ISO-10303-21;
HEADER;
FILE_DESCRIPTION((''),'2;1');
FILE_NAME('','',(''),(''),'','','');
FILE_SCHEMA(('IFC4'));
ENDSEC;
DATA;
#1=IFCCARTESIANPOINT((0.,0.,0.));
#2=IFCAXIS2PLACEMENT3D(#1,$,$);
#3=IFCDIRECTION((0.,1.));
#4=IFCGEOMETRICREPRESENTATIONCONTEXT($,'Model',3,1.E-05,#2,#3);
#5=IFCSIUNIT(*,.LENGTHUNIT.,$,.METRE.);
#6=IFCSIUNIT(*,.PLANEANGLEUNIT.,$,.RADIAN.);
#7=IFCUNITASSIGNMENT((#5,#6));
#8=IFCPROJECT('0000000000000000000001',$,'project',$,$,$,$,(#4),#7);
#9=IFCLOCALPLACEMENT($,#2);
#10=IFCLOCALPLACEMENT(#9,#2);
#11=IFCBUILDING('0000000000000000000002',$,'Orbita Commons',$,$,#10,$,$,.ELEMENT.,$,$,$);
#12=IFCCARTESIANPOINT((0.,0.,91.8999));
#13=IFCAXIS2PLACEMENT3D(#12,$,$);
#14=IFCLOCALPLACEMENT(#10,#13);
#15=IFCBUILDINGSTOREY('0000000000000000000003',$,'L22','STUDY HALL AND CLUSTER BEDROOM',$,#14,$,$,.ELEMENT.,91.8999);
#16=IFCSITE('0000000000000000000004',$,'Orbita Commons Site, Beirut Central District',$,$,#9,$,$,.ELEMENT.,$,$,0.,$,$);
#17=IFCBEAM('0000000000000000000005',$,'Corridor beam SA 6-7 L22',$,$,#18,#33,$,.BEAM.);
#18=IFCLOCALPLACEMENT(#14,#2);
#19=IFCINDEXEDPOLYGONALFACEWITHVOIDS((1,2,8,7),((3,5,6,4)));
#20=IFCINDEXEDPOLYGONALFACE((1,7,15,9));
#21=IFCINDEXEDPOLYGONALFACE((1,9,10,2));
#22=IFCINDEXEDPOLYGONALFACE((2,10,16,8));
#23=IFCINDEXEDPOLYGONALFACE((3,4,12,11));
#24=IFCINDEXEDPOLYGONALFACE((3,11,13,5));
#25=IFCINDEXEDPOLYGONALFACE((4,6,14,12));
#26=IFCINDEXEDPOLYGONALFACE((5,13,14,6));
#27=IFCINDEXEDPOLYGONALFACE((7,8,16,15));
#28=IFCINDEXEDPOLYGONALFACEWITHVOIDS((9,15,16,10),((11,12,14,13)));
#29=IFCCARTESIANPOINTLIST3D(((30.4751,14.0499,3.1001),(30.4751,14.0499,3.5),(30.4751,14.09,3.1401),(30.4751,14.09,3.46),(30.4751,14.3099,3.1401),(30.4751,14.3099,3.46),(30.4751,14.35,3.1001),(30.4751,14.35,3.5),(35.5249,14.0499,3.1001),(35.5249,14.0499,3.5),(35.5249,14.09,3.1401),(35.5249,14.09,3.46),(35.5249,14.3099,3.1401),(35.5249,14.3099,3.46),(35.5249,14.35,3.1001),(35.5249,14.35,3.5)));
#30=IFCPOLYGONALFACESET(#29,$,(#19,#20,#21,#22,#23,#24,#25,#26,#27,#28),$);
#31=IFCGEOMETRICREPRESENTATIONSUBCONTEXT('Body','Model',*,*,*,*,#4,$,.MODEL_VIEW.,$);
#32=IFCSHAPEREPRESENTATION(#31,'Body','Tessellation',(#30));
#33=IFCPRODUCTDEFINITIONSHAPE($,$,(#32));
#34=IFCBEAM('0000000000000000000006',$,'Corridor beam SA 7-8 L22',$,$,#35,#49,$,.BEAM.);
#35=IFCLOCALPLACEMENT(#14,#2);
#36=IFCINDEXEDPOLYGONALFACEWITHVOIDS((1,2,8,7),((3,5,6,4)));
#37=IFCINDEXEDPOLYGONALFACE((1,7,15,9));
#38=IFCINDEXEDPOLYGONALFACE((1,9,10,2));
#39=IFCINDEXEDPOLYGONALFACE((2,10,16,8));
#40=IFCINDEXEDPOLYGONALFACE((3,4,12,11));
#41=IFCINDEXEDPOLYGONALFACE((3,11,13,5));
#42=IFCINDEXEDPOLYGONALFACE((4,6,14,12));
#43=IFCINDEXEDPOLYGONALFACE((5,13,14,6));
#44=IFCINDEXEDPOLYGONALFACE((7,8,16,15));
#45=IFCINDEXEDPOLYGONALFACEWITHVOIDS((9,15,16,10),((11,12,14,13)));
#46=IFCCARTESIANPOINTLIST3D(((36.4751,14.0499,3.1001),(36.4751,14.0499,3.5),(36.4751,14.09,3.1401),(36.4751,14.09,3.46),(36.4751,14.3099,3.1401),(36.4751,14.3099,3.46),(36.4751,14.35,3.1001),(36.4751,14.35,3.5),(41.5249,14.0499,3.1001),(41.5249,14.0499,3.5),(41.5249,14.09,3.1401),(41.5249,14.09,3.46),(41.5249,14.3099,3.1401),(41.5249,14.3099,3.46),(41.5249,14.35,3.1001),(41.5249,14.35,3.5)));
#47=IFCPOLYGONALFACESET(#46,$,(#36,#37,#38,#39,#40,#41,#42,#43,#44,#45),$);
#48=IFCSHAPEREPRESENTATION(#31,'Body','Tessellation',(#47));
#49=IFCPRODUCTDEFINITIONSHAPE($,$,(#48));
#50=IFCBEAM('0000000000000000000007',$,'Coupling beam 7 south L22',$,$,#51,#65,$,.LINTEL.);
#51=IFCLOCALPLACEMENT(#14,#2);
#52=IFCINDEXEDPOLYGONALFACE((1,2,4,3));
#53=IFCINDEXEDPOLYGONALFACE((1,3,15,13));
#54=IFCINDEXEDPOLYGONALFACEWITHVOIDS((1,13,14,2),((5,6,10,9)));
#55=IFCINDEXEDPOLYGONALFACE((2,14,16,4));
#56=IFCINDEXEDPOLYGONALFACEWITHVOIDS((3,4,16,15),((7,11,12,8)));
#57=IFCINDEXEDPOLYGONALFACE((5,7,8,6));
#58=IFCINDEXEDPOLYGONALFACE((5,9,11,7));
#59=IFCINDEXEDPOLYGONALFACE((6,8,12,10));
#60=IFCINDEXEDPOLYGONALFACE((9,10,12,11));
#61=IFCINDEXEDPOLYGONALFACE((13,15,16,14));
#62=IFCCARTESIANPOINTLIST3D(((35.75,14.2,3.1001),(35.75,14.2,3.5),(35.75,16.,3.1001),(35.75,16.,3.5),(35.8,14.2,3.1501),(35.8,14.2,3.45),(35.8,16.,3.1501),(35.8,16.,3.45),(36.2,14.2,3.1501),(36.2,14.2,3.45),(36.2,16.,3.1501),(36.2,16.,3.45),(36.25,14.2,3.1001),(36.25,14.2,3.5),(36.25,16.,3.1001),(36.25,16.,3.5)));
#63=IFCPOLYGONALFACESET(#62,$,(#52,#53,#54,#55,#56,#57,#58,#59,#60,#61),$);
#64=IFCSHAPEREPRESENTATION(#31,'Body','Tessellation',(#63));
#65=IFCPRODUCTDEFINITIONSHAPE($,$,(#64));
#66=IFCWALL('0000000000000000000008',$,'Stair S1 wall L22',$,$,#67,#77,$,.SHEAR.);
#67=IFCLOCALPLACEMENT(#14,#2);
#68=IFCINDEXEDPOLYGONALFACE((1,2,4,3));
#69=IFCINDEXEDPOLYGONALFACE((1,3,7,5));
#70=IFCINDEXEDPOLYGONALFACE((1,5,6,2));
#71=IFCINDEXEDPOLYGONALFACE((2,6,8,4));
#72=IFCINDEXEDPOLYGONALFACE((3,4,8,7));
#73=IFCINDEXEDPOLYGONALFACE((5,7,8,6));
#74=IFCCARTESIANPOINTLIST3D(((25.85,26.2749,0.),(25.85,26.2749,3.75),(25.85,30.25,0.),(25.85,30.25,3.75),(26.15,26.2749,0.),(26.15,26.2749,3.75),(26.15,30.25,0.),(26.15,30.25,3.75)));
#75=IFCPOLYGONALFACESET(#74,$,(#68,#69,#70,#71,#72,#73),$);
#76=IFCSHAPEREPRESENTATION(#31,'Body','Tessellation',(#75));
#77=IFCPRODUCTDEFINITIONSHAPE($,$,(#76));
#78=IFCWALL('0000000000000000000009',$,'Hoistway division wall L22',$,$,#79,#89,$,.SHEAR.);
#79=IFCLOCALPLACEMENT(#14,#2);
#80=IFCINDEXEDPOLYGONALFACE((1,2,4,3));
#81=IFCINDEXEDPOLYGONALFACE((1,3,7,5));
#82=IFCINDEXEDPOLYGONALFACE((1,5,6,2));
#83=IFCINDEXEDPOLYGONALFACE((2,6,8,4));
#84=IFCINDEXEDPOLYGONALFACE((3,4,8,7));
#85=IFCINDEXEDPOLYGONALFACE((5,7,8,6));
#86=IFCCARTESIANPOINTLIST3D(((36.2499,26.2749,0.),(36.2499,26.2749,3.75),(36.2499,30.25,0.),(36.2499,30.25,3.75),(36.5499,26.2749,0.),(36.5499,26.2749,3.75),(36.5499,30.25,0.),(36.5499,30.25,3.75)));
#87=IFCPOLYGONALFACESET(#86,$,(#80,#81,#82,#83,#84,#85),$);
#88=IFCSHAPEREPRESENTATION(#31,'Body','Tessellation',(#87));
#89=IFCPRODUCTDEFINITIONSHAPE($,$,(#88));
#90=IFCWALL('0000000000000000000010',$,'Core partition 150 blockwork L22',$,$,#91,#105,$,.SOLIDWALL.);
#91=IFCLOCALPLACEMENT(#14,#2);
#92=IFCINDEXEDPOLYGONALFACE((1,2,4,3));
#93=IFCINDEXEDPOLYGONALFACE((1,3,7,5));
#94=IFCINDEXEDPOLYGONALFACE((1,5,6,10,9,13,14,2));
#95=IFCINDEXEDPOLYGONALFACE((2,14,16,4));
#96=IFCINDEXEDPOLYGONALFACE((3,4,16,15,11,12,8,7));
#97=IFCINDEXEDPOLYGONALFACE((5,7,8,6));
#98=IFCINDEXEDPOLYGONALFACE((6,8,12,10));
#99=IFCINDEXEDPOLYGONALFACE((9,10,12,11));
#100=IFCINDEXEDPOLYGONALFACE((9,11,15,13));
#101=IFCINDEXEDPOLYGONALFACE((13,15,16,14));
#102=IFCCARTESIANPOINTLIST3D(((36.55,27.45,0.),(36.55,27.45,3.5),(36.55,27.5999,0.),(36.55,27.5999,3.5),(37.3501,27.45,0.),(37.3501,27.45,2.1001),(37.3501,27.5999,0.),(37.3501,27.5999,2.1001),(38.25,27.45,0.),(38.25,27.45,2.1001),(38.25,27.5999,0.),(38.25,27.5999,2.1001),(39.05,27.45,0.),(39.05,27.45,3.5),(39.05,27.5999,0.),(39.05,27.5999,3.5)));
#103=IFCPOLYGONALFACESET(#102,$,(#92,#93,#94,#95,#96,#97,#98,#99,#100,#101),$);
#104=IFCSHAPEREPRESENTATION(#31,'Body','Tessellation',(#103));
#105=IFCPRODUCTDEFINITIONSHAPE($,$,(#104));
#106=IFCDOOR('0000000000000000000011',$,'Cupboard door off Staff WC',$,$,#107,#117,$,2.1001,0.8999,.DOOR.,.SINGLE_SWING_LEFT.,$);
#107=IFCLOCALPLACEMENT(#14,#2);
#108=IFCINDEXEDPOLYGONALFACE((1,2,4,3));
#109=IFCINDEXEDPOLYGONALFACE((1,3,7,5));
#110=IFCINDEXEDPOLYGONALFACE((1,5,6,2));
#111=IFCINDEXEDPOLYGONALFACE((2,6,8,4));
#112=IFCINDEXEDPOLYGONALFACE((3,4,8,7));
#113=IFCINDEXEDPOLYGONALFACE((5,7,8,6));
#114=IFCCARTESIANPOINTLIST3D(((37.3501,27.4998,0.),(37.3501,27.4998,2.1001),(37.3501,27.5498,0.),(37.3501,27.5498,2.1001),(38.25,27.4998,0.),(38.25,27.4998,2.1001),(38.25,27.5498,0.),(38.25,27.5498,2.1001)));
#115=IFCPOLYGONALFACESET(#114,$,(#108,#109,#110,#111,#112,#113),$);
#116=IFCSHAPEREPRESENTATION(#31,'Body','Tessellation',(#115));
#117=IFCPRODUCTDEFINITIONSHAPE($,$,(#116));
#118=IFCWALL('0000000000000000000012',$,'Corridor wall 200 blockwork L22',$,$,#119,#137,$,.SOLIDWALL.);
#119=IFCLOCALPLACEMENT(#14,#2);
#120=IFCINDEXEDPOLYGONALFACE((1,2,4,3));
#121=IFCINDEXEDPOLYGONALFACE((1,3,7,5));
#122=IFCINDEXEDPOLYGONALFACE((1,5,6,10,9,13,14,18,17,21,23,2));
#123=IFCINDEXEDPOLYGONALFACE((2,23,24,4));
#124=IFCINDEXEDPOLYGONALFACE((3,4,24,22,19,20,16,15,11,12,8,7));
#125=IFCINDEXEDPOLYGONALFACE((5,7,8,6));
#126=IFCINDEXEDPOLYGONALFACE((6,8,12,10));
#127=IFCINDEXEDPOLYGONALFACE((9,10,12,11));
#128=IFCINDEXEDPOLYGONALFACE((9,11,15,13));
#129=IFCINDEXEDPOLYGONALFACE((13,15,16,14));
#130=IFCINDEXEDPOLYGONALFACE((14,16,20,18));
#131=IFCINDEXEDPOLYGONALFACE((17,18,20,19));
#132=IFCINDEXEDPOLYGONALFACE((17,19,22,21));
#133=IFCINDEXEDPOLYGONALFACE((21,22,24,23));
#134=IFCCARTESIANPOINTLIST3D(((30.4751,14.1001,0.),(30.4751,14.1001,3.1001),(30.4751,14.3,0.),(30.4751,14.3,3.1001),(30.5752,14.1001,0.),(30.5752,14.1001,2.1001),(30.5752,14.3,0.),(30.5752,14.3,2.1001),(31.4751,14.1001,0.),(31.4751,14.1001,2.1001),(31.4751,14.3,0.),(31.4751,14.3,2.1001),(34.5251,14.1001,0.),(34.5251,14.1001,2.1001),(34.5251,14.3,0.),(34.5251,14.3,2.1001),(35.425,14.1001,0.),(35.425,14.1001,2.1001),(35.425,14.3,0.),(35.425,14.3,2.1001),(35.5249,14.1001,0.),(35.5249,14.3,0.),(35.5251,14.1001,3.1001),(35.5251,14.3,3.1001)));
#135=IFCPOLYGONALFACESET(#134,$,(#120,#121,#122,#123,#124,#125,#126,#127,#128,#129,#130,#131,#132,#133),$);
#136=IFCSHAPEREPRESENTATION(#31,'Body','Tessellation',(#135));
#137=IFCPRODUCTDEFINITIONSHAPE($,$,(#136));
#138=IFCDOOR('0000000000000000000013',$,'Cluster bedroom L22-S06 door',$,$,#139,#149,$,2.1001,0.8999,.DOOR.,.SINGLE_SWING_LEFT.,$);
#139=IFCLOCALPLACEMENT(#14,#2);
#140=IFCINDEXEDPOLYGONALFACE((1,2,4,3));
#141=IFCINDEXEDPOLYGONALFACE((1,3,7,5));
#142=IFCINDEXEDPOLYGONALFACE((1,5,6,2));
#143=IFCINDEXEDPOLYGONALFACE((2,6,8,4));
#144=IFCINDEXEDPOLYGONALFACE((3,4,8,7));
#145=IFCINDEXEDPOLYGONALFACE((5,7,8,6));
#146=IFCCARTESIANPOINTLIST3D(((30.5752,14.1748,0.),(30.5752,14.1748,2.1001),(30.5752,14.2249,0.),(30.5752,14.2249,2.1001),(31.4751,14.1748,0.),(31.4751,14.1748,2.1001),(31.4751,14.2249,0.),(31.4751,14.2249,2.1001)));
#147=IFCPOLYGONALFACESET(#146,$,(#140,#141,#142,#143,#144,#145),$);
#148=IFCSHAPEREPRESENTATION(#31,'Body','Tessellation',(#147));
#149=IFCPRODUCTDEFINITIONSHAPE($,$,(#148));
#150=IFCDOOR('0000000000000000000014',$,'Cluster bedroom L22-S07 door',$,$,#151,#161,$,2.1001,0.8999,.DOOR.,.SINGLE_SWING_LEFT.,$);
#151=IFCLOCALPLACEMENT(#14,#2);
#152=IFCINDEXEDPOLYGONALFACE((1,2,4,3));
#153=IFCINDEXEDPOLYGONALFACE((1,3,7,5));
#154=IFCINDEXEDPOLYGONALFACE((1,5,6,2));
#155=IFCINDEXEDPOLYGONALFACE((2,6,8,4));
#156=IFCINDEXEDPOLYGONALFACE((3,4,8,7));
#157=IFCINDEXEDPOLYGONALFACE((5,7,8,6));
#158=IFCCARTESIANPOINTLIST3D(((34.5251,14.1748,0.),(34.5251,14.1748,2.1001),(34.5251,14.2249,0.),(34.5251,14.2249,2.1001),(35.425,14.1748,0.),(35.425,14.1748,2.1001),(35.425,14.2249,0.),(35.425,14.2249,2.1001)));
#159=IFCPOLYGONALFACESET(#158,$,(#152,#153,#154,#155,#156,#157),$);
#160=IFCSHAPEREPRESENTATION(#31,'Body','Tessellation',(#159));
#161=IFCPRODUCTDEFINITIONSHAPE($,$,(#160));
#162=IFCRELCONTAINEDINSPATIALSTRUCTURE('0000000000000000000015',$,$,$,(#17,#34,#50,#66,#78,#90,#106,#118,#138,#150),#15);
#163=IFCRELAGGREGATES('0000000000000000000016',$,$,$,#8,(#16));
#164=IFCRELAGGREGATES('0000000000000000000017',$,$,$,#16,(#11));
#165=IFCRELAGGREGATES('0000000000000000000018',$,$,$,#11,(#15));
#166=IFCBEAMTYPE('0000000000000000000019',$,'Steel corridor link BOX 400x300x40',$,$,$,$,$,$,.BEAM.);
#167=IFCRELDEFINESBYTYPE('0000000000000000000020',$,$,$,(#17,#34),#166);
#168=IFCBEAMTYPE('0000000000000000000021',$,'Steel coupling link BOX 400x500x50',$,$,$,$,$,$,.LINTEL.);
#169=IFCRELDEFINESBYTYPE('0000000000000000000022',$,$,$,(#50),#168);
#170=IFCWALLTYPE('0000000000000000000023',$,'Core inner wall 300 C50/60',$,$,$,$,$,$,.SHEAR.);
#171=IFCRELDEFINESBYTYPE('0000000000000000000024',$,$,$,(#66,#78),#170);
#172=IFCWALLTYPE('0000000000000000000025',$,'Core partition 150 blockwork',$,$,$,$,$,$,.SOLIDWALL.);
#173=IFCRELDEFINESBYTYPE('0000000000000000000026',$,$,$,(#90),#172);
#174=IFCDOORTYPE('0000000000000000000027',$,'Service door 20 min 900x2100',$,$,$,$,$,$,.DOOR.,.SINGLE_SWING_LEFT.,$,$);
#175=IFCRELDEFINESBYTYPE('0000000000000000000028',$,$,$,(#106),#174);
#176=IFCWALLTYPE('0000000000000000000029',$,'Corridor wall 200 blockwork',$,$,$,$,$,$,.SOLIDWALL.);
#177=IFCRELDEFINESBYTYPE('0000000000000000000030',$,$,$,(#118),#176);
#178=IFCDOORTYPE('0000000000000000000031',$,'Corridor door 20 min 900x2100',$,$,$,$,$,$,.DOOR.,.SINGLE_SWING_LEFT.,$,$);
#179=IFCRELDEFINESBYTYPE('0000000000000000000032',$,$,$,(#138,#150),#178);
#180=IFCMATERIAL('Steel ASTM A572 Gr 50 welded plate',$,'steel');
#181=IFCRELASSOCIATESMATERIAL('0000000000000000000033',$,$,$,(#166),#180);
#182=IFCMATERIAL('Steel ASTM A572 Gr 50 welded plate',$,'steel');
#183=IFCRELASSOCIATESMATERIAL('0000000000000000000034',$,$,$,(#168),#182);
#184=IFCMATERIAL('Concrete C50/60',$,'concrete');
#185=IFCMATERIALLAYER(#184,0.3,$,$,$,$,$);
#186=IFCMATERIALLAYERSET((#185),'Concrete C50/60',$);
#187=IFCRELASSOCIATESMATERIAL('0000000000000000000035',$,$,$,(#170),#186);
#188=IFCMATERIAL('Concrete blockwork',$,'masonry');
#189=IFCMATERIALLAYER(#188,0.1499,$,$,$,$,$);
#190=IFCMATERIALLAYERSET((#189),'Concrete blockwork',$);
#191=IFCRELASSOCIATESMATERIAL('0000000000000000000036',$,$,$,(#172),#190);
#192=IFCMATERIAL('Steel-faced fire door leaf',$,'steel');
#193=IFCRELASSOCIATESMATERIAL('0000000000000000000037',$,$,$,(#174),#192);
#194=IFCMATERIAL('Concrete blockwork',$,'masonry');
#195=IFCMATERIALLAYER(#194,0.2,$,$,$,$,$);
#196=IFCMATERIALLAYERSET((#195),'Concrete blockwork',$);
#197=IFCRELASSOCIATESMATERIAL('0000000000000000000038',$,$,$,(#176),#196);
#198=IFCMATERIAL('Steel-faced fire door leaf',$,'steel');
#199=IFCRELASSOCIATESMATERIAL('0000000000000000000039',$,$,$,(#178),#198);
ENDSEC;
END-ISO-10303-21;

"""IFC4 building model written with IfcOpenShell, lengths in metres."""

from ifc_helpers import new_model, si_unit, direction, frame, frame_2d, origin, origin_2d, place, context, subcontext, project, spatial, polyline, rectangle, hollow_rectangle, outline, extrude, material, layer, layer_set, material_profile, profile_set, type_object, element, fill, save


model = new_model("IFC4")

# Units and contexts
model_context = context("Model", 3, precision=1e-05, world=origin(), true_north=direction((0.0, 1.0)))
body_context = subcontext(model_context, "Body", "Model", "MODEL_VIEW")
ifc_project = project(units=[si_unit("LENGTHUNIT", "METRE"), si_unit("PLANEANGLEUNIT", "RADIAN")], contexts=[model_context])

# Site, building, storey
site_placement = place(None, origin())
site = spatial("IfcSite", under=ifc_project, at=site_placement, Name="Orbita Commons Site, Beirut Central District", CompositionType="ELEMENT", RefElevation=0.0)
building_placement = place(site_placement, origin())
building = spatial("IfcBuilding", under=site, at=building_placement, Name="Orbita Commons", CompositionType="ELEMENT")
storey_placement = place(building_placement, frame((0.0, 0.0, 91.8999)))
storey = spatial("IfcBuildingStorey", under=building, at=storey_placement, Name="L22", Description="STUDY HALL AND CLUSTER BEDROOM", CompositionType="ELEMENT", Elevation=91.8999)

# Beams
ifc_material_1 = material(Name="Steel ASTM A572 Gr 50 welded plate", Category="steel")
ifc_material_profile_1 = material_profile(ifc_material_1, hollow_rectangle(XDim=0.3, YDim=0.3999, WallThickness=0.04, at=origin_2d()), Name="BOX 400x300x40")
ifc_profile_set_1 = profile_set([ifc_material_profile_1], Name="Steel ASTM A572 Gr 50 welded plate")
beam_type_1 = type_object("IfcBeamType", Name="Steel corridor link BOX 400x300x40", PredefinedType="BEAM", material=ifc_profile_set_1)
for number, where, z_axis, x_axis, name in (
    (1, (30.4751, 14.2, 3.3), (1.0, 0.0, 0.0), (0.0, 1.0, 0.0), "Corridor beam SA 6-7 L22"),
    (2, (36.4751, 14.2, 3.3), (1.0, 0.0, 0.0), (0.0, 1.0, 0.0), "Corridor beam SA 7-8 L22"),
):
    element("IfcBeam", number, at=place(storey_placement, frame(where, z_axis=z_axis, x_axis=x_axis)), inside=storey, type_object=beam_type_1, Name=name, PredefinedType="BEAM", context=body_context, shape_type="SweptSolid", body=[
        extrude(hollow_rectangle(XDim=0.3, YDim=0.3999, WallThickness=0.04, at=origin_2d()), origin(), (0.0, 0.0, 1.0), 5.0498),
    ])
ifc_material_2 = material(Name="Steel ASTM A572 Gr 50 welded plate", Category="steel")
ifc_material_profile_2 = material_profile(ifc_material_2, hollow_rectangle(XDim=0.5, YDim=0.3999, WallThickness=0.05, at=origin_2d()), Name="BOX 400x500x50")
ifc_profile_set_2 = profile_set([ifc_material_profile_2], Name="Steel ASTM A572 Gr 50 welded plate")
beam_type_2 = type_object("IfcBeamType", Name="Steel coupling link BOX 400x500x50", PredefinedType="LINTEL", material=ifc_profile_set_2)
beam_placement = place(storey_placement, frame((36.0, 14.2, 3.3), z_axis=(0.0, 1.0, 0.0), x_axis=(-1.0, 0.0, 0.0)))
element("IfcBeam", 3, at=beam_placement, inside=storey, type_object=beam_type_2, Name="Coupling beam 7 south L22", PredefinedType="LINTEL", context=body_context, shape_type="SweptSolid", body=[
    extrude(hollow_rectangle(XDim=0.5, YDim=0.3999, WallThickness=0.05, at=origin_2d()), origin(), (0.0, 0.0, 1.0), 1.8),
])

# Walls
ifc_material_3 = material(Name="Concrete C50/60", Category="concrete")
ifc_layer_1 = layer(ifc_material_3, 0.3)
ifc_layer_set_1 = layer_set([ifc_layer_1], Name="Concrete C50/60")
wall_type_1 = type_object("IfcWallType", Name="Core inner wall 300 C50/60", PredefinedType="SHEAR", material=ifc_layer_set_1)
for number, where, z_axis, x_axis, name in (
    (4, (26.0, 26.2749, 0.0), (0.0, 0.0, 1.0), (0.0, 1.0, 0.0), "Stair S1 wall L22"),
    (5, (36.3999, 26.2749, 0.0), (0.0, 0.0, 1.0), (0.0, 1.0, 0.0), "Hoistway division wall L22"),
):
    element("IfcWall", number, at=place(storey_placement, frame(where, z_axis=z_axis, x_axis=x_axis)), inside=storey, type_object=wall_type_1, Name=name, PredefinedType="SHEAR", context=body_context, shape_type="SweptSolid", body=[
        extrude(rectangle(XDim=3.9751, YDim=0.3, at=frame_2d((1.9875, 0.0))), origin(), (0.0, 0.0, 1.0), 3.75),
    ])

# Wall, opening, door
ifc_material_4 = material(Name="Concrete blockwork", Category="masonry")
ifc_layer_2 = layer(ifc_material_4, 0.1499)
ifc_layer_set_2 = layer_set([ifc_layer_2], Name="Concrete blockwork")
wall_type_2 = type_object("IfcWallType", Name="Core partition 150 blockwork", PredefinedType="SOLIDWALL", material=ifc_layer_set_2)
wall_1_placement = place(storey_placement, frame((36.55, 27.5249, 0.0), z_axis=(0.0, 0.0, 1.0), x_axis=(1.0, 0.0, 0.0)))
wall_1 = element("IfcWall", 6, at=wall_1_placement, inside=storey, type_object=wall_type_2, Name="Core partition 150 blockwork L22", PredefinedType="SOLIDWALL", context=body_context, shape_type="SweptSolid", body=[
    extrude(rectangle(XDim=2.5, YDim=0.1499, at=frame_2d((1.25, 0.0))), origin(), (0.0, 0.0, 1.0), 3.5),
])
opening_1_placement = place(wall_1_placement, frame((0.8, 0.0, 0.0)))
opening_1 = element("IfcOpeningElement", 7, at=opening_1_placement, cuts=wall_1, PredefinedType="OPENING", context=body_context, shape_type="SweptSolid", body=[
    extrude(rectangle(XDim=0.8999, YDim=2.1001, at=frame_2d((0.45, 1.05))), frame((0.0, 0.085, 0.0), z_axis=(0.0, -1.0, 0.0), x_axis=(1.0, 0.0, 0.0)), (0.0, 0.0, 1.0), 0.1699),
])
ifc_material_5 = material(Name="Steel-faced fire door leaf", Category="steel")
door_type_1 = type_object("IfcDoorType", Name="Service door 20 min 900x2100", OperationType="SINGLE_SWING_LEFT", PredefinedType="DOOR", material=ifc_material_5)
door_1_placement = place(opening_1_placement, origin())
door_1 = element("IfcDoor", 8, at=door_1_placement, inside=storey, type_object=door_type_1, Name="Cupboard door off Staff WC", OperationType="SINGLE_SWING_LEFT", OverallHeight=2.1001, OverallWidth=0.8999, PredefinedType="DOOR", context=body_context, shape_type="SweptSolid", body=[
    extrude(rectangle(XDim=0.8999, YDim=2.1001, at=frame_2d((0.45, 1.05))), frame((0.0, 0.0249, 0.0), z_axis=(0.0, -1.0, 0.0), x_axis=(1.0, 0.0, 0.0)), (0.0, 0.0, 1.0), 0.05),
])
fill(opening_1, door_1)

# Wall, openings, doors
ifc_material_6 = material(Name="Concrete blockwork", Category="masonry")
ifc_layer_3 = layer(ifc_material_6, 0.2)
ifc_layer_set_3 = layer_set([ifc_layer_3], Name="Concrete blockwork")
wall_type_3 = type_object("IfcWallType", Name="Corridor wall 200 blockwork", PredefinedType="SOLIDWALL", material=ifc_layer_set_3)
wall_2_placement = place(storey_placement, frame((30.4751, 14.2, 0.0), z_axis=(0.0, 0.0, 1.0), x_axis=(1.0, 0.0, 0.0)))
wall_2 = element("IfcWall", 9, at=wall_2_placement, inside=storey, type_object=wall_type_3, Name="Corridor wall 200 blockwork L22", PredefinedType="SOLIDWALL", context=body_context, shape_type="SweptSolid", body=[
    extrude(outline(polyline([(0.0, 0.0), (5.0498, 0.0), (5.05, 3.1001), (0.0, 3.1001), (0.0, 0.0)])), frame((0.0, 0.1001, 0.0), z_axis=(0.0, -1.0, 0.0), x_axis=(1.0, 0.0, 0.0)), (0.0, 0.0, 1.0), 0.2),
])
opening_2_placement = place(wall_2_placement, frame((0.1001, 0.0, 0.0)))
opening_2 = element("IfcOpeningElement", 10, at=opening_2_placement, cuts=wall_2, PredefinedType="OPENING", context=body_context, shape_type="SweptSolid", body=[
    extrude(rectangle(XDim=0.8999, YDim=2.1001, at=frame_2d((0.45, 1.05))), frame((0.0, 0.1099, 0.0), z_axis=(0.0, -1.0, 0.0), x_axis=(1.0, 0.0, 0.0)), (0.0, 0.0, 1.0), 0.22),
])
opening_3_placement = place(wall_2_placement, frame((4.05, 0.0, 0.0)))
opening_3 = element("IfcOpeningElement", 11, at=opening_3_placement, cuts=wall_2, PredefinedType="OPENING", context=body_context, shape_type="SweptSolid", body=[
    extrude(rectangle(XDim=0.8999, YDim=2.1001, at=frame_2d((0.45, 1.05))), frame((0.0, 0.1099, 0.0), z_axis=(0.0, -1.0, 0.0), x_axis=(1.0, 0.0, 0.0)), (0.0, 0.0, 1.0), 0.22),
])
ifc_material_7 = material(Name="Steel-faced fire door leaf", Category="steel")
door_type_2 = type_object("IfcDoorType", Name="Corridor door 20 min 900x2100", OperationType="SINGLE_SWING_LEFT", PredefinedType="DOOR", material=ifc_material_7)
door_2_placement = place(opening_2_placement, origin())
door_2 = element("IfcDoor", 12, at=door_2_placement, inside=storey, type_object=door_type_2, Name="Cluster bedroom L22-S06 door", OperationType="SINGLE_SWING_LEFT", OverallHeight=2.1001, OverallWidth=0.8999, PredefinedType="DOOR", context=body_context, shape_type="SweptSolid", body=[
    extrude(rectangle(XDim=0.8999, YDim=2.1001, at=frame_2d((0.45, 1.05))), frame((0.0, 0.0249, 0.0), z_axis=(0.0, -1.0, 0.0), x_axis=(1.0, 0.0, 0.0)), (0.0, 0.0, 1.0), 0.05),
])
fill(opening_2, door_2)
door_3_placement = place(opening_3_placement, origin())
door_3 = element("IfcDoor", 13, at=door_3_placement, inside=storey, type_object=door_type_2, Name="Cluster bedroom L22-S07 door", OperationType="SINGLE_SWING_LEFT", OverallHeight=2.1001, OverallWidth=0.8999, PredefinedType="DOOR", context=body_context, shape_type="SweptSolid", body=[
    extrude(rectangle(XDim=0.8999, YDim=2.1001, at=frame_2d((0.45, 1.05))), frame((0.0, 0.0249, 0.0), z_axis=(0.0, -1.0, 0.0), x_axis=(1.0, 0.0, 0.0)), (0.0, 0.0, 1.0), 0.05),
])
fill(opening_3, door_3)

save(model, "model.ifc")
